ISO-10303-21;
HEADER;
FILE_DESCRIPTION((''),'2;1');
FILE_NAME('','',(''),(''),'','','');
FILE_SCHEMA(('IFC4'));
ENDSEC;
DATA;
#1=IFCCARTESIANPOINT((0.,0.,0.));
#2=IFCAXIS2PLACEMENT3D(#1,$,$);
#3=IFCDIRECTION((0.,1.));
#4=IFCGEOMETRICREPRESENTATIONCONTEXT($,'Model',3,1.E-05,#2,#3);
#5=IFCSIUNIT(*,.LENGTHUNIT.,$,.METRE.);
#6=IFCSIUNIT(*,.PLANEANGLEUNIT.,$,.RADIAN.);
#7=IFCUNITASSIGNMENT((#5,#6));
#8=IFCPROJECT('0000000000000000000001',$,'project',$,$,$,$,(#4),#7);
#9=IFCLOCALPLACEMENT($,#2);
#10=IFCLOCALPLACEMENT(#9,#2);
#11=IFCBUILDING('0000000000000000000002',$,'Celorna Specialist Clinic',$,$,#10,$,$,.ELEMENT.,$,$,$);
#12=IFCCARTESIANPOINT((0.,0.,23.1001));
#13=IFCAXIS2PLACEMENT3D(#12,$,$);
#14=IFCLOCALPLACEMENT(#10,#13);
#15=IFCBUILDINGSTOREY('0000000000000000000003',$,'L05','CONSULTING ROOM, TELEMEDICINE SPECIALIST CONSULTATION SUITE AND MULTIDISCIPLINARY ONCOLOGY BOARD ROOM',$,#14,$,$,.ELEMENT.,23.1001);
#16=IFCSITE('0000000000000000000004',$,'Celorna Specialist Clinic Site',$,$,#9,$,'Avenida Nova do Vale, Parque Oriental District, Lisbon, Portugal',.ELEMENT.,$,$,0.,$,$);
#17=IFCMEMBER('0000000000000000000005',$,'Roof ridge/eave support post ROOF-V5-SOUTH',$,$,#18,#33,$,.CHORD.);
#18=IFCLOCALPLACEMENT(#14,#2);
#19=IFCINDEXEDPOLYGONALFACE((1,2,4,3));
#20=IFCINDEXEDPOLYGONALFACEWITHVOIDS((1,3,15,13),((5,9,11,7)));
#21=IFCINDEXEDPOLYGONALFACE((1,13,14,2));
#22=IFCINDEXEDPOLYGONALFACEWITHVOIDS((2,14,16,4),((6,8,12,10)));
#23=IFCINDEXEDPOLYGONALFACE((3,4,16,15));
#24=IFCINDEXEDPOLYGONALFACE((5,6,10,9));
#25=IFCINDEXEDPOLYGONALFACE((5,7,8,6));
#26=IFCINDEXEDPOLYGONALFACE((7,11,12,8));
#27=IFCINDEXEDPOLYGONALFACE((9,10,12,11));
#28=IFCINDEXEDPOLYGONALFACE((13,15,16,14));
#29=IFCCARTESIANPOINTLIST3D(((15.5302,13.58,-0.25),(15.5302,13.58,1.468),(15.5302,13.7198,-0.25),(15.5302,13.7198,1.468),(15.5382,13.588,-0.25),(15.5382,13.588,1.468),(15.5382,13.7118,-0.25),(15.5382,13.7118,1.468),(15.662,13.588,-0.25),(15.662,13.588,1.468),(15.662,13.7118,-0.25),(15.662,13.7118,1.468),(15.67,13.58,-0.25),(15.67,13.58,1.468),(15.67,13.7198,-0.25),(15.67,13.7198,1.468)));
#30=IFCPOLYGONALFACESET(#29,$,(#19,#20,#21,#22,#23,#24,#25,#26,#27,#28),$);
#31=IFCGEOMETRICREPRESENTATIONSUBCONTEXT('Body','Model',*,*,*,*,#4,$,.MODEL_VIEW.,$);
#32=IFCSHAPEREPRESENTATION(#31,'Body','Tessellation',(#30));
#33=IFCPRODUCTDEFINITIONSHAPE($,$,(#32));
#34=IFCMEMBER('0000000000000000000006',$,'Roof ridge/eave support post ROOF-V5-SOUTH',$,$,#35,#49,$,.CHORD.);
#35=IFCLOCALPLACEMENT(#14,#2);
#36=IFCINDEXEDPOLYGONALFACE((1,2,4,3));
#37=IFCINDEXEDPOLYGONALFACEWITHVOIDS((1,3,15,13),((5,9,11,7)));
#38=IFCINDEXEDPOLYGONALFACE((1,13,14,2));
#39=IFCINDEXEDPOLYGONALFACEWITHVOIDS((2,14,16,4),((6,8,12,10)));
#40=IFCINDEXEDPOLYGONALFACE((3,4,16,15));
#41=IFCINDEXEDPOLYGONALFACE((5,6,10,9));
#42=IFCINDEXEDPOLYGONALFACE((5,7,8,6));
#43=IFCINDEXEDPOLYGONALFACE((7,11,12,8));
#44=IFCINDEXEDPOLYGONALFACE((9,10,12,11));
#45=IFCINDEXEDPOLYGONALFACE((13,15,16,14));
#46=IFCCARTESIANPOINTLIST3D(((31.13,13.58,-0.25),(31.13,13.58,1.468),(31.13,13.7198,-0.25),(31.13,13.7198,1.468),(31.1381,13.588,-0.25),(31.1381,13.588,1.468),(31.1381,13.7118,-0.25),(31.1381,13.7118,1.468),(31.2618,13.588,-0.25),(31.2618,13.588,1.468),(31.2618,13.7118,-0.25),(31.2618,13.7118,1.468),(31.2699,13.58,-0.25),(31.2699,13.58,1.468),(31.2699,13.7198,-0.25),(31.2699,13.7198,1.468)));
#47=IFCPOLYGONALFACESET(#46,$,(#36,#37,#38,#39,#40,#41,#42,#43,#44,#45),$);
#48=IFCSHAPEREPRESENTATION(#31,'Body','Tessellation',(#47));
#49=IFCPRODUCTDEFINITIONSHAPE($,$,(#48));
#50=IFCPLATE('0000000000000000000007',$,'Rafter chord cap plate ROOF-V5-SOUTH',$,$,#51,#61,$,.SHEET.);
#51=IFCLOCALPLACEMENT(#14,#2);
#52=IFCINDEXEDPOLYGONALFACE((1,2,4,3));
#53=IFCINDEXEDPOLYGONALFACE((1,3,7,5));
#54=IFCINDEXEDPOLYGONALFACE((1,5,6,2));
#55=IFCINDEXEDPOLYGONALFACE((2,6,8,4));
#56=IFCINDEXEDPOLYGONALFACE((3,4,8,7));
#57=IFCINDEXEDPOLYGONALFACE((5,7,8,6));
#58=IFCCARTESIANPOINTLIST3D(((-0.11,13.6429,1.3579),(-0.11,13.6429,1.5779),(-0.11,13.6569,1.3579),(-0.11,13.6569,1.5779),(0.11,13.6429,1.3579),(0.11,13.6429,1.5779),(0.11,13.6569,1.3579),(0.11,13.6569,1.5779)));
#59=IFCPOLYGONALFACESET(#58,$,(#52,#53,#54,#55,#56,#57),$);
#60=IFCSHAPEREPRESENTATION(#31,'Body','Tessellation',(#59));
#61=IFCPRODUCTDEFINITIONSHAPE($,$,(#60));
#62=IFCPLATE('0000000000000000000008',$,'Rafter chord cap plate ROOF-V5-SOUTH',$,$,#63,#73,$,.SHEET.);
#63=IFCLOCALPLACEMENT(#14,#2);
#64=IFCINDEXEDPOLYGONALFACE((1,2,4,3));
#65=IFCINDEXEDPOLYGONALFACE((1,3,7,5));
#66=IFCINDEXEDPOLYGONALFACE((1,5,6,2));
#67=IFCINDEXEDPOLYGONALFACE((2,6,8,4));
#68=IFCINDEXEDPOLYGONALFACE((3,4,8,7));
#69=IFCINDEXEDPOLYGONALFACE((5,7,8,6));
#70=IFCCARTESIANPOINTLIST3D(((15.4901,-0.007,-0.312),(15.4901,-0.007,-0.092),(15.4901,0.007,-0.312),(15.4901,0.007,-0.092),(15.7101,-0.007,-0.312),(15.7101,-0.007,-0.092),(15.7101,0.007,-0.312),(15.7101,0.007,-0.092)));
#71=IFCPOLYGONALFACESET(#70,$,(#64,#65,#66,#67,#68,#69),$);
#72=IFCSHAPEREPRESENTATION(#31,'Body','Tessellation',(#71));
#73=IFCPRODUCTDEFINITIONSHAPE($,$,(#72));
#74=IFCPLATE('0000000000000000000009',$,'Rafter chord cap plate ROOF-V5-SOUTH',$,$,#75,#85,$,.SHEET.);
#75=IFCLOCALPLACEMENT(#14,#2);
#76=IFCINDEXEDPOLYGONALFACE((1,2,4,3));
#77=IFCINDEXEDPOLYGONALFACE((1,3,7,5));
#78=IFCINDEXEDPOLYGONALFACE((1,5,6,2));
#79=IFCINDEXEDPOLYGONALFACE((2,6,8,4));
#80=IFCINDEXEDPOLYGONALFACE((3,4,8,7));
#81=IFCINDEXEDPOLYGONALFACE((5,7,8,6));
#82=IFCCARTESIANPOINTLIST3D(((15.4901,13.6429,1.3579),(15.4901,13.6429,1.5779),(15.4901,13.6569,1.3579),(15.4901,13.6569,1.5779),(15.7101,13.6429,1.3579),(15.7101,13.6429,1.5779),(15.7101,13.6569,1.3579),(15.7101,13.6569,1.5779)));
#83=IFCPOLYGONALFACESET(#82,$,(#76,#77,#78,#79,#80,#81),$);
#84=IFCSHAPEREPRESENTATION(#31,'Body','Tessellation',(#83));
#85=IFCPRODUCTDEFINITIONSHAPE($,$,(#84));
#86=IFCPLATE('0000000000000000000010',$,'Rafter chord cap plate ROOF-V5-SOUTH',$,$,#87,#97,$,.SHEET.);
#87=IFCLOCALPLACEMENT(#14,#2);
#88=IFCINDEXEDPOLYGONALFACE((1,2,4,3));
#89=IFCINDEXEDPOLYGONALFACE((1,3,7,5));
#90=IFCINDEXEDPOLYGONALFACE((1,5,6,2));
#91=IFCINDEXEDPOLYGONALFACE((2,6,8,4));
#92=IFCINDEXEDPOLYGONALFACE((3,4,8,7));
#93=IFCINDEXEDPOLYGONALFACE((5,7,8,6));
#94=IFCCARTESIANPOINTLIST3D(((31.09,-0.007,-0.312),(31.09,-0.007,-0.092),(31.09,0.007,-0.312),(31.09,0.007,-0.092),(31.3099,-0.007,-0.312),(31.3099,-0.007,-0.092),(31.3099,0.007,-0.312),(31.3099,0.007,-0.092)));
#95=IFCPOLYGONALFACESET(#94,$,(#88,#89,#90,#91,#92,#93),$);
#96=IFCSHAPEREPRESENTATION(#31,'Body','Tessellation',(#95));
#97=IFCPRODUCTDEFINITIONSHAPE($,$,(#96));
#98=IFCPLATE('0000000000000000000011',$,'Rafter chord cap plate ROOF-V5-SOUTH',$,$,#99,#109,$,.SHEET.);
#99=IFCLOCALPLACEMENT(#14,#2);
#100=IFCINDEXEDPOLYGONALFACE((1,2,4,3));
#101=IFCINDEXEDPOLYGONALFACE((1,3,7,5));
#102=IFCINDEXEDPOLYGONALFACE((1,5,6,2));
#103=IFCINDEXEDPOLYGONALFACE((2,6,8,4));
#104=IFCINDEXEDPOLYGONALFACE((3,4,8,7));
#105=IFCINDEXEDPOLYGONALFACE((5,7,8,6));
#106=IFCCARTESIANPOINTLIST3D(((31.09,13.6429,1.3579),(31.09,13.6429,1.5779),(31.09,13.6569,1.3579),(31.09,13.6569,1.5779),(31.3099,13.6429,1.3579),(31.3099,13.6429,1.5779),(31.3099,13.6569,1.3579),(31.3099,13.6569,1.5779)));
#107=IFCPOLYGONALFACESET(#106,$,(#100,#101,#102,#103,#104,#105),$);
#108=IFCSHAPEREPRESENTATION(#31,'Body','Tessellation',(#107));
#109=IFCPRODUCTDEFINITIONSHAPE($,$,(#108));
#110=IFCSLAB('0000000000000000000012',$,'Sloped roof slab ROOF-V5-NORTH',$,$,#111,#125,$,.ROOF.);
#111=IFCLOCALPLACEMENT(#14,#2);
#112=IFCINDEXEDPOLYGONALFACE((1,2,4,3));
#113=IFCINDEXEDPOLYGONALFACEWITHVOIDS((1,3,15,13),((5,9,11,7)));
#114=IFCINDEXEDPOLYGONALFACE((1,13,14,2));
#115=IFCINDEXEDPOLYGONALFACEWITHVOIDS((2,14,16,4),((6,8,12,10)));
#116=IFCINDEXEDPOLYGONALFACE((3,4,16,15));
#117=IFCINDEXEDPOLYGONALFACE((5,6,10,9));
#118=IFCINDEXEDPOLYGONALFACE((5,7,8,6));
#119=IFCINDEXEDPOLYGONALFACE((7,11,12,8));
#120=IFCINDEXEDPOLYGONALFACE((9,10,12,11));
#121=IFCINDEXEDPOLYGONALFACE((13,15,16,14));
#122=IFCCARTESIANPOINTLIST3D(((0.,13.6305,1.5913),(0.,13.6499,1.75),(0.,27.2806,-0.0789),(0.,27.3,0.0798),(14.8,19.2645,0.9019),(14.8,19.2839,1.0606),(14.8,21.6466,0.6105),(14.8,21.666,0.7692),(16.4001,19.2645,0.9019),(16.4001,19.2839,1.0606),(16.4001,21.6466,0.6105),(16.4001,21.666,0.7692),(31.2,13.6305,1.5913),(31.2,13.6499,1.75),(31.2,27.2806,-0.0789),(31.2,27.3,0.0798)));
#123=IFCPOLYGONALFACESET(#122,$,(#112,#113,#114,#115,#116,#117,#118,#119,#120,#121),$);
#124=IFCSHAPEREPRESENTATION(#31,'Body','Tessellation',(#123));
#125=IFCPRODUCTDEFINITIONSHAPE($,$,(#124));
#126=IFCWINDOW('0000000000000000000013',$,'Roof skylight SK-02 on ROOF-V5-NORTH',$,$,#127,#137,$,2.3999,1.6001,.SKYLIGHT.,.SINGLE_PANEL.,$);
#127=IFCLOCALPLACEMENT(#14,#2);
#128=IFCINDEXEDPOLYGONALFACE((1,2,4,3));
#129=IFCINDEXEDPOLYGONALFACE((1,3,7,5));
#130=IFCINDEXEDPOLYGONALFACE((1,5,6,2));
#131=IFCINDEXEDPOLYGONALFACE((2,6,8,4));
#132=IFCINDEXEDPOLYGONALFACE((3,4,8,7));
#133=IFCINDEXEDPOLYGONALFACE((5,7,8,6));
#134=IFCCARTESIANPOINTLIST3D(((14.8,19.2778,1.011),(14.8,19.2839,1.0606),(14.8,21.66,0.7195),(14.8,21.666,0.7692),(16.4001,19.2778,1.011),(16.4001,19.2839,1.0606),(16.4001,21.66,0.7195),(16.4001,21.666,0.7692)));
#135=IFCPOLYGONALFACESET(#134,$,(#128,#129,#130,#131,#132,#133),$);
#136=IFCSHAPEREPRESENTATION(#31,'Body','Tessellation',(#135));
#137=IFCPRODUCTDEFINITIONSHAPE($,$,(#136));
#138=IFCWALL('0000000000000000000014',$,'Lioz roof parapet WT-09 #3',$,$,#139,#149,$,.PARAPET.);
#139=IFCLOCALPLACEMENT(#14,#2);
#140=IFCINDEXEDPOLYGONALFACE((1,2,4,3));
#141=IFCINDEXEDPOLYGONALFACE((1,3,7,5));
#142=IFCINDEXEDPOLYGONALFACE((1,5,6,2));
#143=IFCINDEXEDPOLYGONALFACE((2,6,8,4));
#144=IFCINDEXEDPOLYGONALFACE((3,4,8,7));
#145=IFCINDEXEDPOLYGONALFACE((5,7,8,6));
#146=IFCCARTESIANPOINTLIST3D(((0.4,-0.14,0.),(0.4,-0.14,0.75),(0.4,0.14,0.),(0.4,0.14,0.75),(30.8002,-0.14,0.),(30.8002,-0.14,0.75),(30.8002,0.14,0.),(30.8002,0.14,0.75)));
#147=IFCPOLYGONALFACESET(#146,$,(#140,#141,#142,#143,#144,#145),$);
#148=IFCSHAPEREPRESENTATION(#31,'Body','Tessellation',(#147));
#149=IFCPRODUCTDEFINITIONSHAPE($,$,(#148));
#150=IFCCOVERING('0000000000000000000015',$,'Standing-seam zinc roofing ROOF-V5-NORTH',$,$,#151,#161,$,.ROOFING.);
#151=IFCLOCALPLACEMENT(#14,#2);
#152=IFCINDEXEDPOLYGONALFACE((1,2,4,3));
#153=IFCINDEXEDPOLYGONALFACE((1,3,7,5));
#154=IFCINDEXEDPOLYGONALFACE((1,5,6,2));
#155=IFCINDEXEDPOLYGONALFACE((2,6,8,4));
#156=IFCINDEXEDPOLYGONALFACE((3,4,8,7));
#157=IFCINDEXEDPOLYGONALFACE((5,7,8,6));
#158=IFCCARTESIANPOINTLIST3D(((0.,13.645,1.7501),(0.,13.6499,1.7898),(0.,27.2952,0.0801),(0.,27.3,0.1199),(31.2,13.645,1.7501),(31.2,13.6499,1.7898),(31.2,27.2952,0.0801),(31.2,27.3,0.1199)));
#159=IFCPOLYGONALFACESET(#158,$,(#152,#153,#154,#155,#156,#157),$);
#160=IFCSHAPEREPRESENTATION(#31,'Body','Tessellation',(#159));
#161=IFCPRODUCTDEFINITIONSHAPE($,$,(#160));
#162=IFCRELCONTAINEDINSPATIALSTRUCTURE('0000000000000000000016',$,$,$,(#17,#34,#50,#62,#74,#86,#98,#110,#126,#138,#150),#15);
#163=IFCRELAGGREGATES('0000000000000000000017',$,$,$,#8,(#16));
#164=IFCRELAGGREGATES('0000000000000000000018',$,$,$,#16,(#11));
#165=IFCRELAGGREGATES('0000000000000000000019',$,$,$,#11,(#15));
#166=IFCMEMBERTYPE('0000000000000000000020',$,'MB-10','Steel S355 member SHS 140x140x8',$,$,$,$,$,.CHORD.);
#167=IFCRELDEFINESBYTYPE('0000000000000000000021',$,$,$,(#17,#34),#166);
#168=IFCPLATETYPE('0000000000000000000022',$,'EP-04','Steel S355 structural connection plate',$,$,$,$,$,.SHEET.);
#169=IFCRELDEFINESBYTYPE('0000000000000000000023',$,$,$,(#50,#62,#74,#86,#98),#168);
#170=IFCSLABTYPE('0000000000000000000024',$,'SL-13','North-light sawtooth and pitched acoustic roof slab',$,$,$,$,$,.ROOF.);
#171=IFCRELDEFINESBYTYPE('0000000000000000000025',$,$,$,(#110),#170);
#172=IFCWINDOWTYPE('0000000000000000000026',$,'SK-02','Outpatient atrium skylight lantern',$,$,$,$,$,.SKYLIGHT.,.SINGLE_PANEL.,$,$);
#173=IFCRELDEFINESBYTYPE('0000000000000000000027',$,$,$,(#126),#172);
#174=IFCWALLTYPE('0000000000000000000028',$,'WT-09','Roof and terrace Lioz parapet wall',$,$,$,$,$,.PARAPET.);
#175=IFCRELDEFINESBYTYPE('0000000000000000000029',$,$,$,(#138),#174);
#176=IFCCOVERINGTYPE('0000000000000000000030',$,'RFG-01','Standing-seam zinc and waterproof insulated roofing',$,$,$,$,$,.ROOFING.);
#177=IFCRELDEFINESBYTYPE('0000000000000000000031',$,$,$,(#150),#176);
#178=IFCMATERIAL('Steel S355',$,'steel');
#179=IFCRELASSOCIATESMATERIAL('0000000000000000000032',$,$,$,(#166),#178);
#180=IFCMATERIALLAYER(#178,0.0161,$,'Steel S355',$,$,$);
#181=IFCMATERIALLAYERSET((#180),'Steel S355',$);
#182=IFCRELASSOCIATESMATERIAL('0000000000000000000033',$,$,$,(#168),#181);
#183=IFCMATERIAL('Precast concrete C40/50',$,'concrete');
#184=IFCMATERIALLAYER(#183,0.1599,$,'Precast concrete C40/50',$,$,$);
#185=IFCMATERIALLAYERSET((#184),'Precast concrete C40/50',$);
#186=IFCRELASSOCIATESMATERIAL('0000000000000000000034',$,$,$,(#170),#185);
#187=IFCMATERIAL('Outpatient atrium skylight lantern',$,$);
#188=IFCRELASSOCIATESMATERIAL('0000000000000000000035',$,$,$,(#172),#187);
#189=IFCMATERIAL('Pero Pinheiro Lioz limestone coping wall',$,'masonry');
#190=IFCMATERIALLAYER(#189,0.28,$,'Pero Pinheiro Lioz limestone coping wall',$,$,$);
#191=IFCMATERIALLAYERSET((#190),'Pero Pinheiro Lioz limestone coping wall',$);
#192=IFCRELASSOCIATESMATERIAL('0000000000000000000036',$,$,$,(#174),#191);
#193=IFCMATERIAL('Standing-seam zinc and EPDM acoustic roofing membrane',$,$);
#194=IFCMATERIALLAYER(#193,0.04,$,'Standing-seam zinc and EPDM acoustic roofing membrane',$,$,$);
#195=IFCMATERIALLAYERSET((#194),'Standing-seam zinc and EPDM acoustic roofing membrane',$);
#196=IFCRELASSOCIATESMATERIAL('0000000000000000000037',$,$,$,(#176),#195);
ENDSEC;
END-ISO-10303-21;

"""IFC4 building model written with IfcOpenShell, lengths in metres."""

from ifc_helpers import new_model, si_unit, direction, frame, frame_2d, origin, origin_2d, place, context, subcontext, project, spatial, polyline, rectangle, hollow_rectangle, outline, extrude, material, layer, layer_set, material_profile, profile_set, type_object, element, fill, save


model = new_model("IFC4")

# Units and contexts
model_context = context("Model", 3, precision=1e-05, world=origin(), true_north=direction((0.0, 1.0)))
body_context = subcontext(model_context, "Body", "Model", "MODEL_VIEW")
ifc_project = project(units=[si_unit("LENGTHUNIT", "METRE"), si_unit("PLANEANGLEUNIT", "RADIAN")], contexts=[model_context])

# Site, building, storey
site_placement = place(None, origin())
site = spatial("IfcSite", under=ifc_project, at=site_placement, Name="Celorna Specialist Clinic Site", LongName="Avenida Nova do Vale, Parque Oriental District, Lisbon, Portugal", CompositionType="ELEMENT", RefElevation=0.0)
building_placement = place(site_placement, origin())
building = spatial("IfcBuilding", under=site, at=building_placement, Name="Celorna Specialist Clinic", CompositionType="ELEMENT")
storey_placement = place(building_placement, frame((0.0, 0.0, 23.1001)))
storey = spatial("IfcBuildingStorey", under=building, at=storey_placement, Name="L05", Description="CONSULTING ROOM, TELEMEDICINE SPECIALIST CONSULTATION SUITE AND MULTIDISCIPLINARY ONCOLOGY BOARD ROOM", CompositionType="ELEMENT", Elevation=23.1001)

# Shared definitions
ifc_material_1 = material(Name="Steel S355", Category="steel")

# Members
ifc_material_profile_1 = material_profile(ifc_material_1, hollow_rectangle(XDim=0.1399, YDim=0.1399, WallThickness=0.0081, at=origin_2d()), Name="SHS 140x140x8")
ifc_profile_set_1 = profile_set([ifc_material_profile_1], Name="Steel S355")
member_type_1 = type_object("IfcMemberType", Name="MB-10", Description="Steel S355 member SHS 140x140x8", PredefinedType="CHORD", material=ifc_profile_set_1)
for number, where, z_axis, x_axis, name in (
    (1, (15.6001, 13.6499, -0.25), (0.0, 0.0, 1.0), (1.0, 0.0, 0.0), "Roof ridge/eave support post ROOF-V5-SOUTH"),
    (2, (31.2, 13.6499, -0.25), (0.0, 0.0, 1.0), (1.0, 0.0, 0.0), "Roof ridge/eave support post ROOF-V5-SOUTH"),
):
    element("IfcMember", number, at=place(storey_placement, frame(where, z_axis=z_axis, x_axis=x_axis)), inside=storey, type_object=member_type_1, Name=name, PredefinedType="CHORD", context=body_context, shape_type="SweptSolid", body=[
        extrude(hollow_rectangle(XDim=0.1399, YDim=0.1399, WallThickness=0.0081, at=origin_2d()), origin(), (0.0, 0.0, 1.0), 1.718),
    ])

# Plates
ifc_layer_1 = layer(ifc_material_1, 0.0161, Name="Steel S355")
ifc_layer_set_1 = layer_set([ifc_layer_1], Name="Steel S355")
plate_type = type_object("IfcPlateType", Name="EP-04", Description="Steel S355 structural connection plate", PredefinedType="SHEET", material=ifc_layer_set_1)
for number, where, z_axis, x_axis, name in (
    (3, (0.0, 13.6499, 1.3579), (0.0, 0.0, 1.0), (1.0, 0.0, 0.0), "Rafter chord cap plate ROOF-V5-SOUTH"),
    (4, (15.6001, 0.0, -0.312), (0.0, 0.0, 1.0), (1.0, 0.0, 0.0), "Rafter chord cap plate ROOF-V5-SOUTH"),
    (5, (15.6001, 13.6499, 1.3579), (0.0, 0.0, 1.0), (1.0, 0.0, 0.0), "Rafter chord cap plate ROOF-V5-SOUTH"),
    (6, (31.2, 0.0, -0.312), (0.0, 0.0, 1.0), (1.0, 0.0, 0.0), "Rafter chord cap plate ROOF-V5-SOUTH"),
    (7, (31.2, 13.6499, 1.3579), (0.0, 0.0, 1.0), (1.0, 0.0, 0.0), "Rafter chord cap plate ROOF-V5-SOUTH"),
):
    element("IfcPlate", number, at=place(storey_placement, frame(where, z_axis=z_axis, x_axis=x_axis)), inside=storey, type_object=plate_type, Name=name, PredefinedType="SHEET", context=body_context, shape_type="SweptSolid", body=[
        extrude(rectangle(XDim=0.22, YDim=0.0139, at=origin_2d()), origin(), (0.0, 0.0, 1.0), 0.22),
    ])

# Slab, opening, window
ifc_material_2 = material(Name="Precast concrete C40/50", Category="concrete")
ifc_layer_2 = layer(ifc_material_2, 0.1599, Name="Precast concrete C40/50")
ifc_layer_set_2 = layer_set([ifc_layer_2], Name="Precast concrete C40/50")
slab_type = type_object("IfcSlabType", Name="SL-13", Description="North-light sawtooth and pitched acoustic roof slab", PredefinedType="ROOF", material=ifc_layer_set_2)
slab_placement = place(storey_placement, frame((0.0, 13.6499, 1.75), z_axis=(0.0, 0.121449, 0.992598), x_axis=(1.0, 0.0, 0.0)))
slab = element("IfcSlab", 8, at=slab_placement, inside=storey, type_object=slab_type, Name="Sloped roof slab ROOF-V5-NORTH", PredefinedType="ROOF", context=body_context, shape_type="SweptSolid", body=[
    extrude(outline(polyline([(0.0, 0.0), (31.2, 0.0), (31.2, 13.7519), (0.0, 13.7519), (0.0, 0.0)])), origin(), (0.0, 0.0, -1.0), 0.1599),
])
opening_placement = place(slab_placement, frame((15.6001, 6.876, 0.01)))
opening = element("IfcOpeningElement", 9, at=opening_placement, cuts=slab, PredefinedType="OPENING", context=body_context, shape_type="SweptSolid", body=[
    extrude(rectangle(XDim=1.6001, YDim=2.3999, at=origin_2d()), origin(), (0.0, 0.0, -1.0), 0.1799),
])
ifc_material_3 = material(Name="Outpatient atrium skylight lantern")
window_type = type_object("IfcWindowType", Name="SK-02", Description="Outpatient atrium skylight lantern", PartitioningType="SINGLE_PANEL", PredefinedType="SKYLIGHT", material=ifc_material_3)
window_placement = place(opening_placement, frame((0.0, 0.0, -0.01)))
window = element("IfcWindow", 10, at=window_placement, inside=storey, type_object=window_type, Name="Roof skylight SK-02 on ROOF-V5-NORTH", OverallHeight=2.3999, OverallWidth=1.6001, PartitioningType="SINGLE_PANEL", PredefinedType="SKYLIGHT", context=body_context, shape_type="SweptSolid", body=[
    extrude(rectangle(XDim=1.6001, YDim=2.3999, at=origin_2d()), origin(), (0.0, 0.0, -1.0), 0.05),
])
fill(opening, window)

# Wall
ifc_material_4 = material(Name="Pero Pinheiro Lioz limestone coping wall", Category="masonry")
ifc_layer_3 = layer(ifc_material_4, 0.28, Name="Pero Pinheiro Lioz limestone coping wall")
ifc_layer_set_3 = layer_set([ifc_layer_3], Name="Pero Pinheiro Lioz limestone coping wall")
wall_type = type_object("IfcWallType", Name="WT-09", Description="Roof and terrace Lioz parapet wall", PredefinedType="PARAPET", material=ifc_layer_set_3)
wall_placement = place(storey_placement, frame((0.3999, 0.0, 0.0), z_axis=(0.0, 0.0, 1.0), x_axis=(1.0, 0.0, 0.0)))
element("IfcWall", 11, at=wall_placement, inside=storey, type_object=wall_type, Name="Lioz roof parapet WT-09 #3", PredefinedType="PARAPET", context=body_context, shape_type="SweptSolid", body=[
    extrude(rectangle(XDim=30.4001, YDim=0.28, at=frame_2d((15.2002, 0.0))), origin(), (0.0, 0.0, 1.0), 0.75),
])

# Covering
ifc_material_5 = material(Name="Standing-seam zinc and EPDM acoustic roofing membrane")
ifc_layer_4 = layer(ifc_material_5, 0.04, Name="Standing-seam zinc and EPDM acoustic roofing membrane")
ifc_layer_set_4 = layer_set([ifc_layer_4], Name="Standing-seam zinc and EPDM acoustic roofing membrane")
covering_type = type_object("IfcCoveringType", Name="RFG-01", Description="Standing-seam zinc and waterproof insulated roofing", PredefinedType="ROOFING", material=ifc_layer_set_4)
covering_placement = place(storey_placement, frame((0.0, 13.6499, 1.7898), z_axis=(0.0, 0.121432, 0.9926), x_axis=(1.0, 0.0, 0.0)))
element("IfcCovering", 12, at=covering_placement, inside=storey, type_object=covering_type, Name="Standing-seam zinc roofing ROOF-V5-NORTH", PredefinedType="ROOFING", context=body_context, shape_type="SweptSolid", body=[
    extrude(outline(polyline([(0.0, 0.0), (31.2, 0.0), (31.2, 13.7519), (0.0, 13.7519), (0.0, 0.0)])), origin(), (0.0, 0.0, -1.0), 0.04),
])

save(model, "model.ifc")
